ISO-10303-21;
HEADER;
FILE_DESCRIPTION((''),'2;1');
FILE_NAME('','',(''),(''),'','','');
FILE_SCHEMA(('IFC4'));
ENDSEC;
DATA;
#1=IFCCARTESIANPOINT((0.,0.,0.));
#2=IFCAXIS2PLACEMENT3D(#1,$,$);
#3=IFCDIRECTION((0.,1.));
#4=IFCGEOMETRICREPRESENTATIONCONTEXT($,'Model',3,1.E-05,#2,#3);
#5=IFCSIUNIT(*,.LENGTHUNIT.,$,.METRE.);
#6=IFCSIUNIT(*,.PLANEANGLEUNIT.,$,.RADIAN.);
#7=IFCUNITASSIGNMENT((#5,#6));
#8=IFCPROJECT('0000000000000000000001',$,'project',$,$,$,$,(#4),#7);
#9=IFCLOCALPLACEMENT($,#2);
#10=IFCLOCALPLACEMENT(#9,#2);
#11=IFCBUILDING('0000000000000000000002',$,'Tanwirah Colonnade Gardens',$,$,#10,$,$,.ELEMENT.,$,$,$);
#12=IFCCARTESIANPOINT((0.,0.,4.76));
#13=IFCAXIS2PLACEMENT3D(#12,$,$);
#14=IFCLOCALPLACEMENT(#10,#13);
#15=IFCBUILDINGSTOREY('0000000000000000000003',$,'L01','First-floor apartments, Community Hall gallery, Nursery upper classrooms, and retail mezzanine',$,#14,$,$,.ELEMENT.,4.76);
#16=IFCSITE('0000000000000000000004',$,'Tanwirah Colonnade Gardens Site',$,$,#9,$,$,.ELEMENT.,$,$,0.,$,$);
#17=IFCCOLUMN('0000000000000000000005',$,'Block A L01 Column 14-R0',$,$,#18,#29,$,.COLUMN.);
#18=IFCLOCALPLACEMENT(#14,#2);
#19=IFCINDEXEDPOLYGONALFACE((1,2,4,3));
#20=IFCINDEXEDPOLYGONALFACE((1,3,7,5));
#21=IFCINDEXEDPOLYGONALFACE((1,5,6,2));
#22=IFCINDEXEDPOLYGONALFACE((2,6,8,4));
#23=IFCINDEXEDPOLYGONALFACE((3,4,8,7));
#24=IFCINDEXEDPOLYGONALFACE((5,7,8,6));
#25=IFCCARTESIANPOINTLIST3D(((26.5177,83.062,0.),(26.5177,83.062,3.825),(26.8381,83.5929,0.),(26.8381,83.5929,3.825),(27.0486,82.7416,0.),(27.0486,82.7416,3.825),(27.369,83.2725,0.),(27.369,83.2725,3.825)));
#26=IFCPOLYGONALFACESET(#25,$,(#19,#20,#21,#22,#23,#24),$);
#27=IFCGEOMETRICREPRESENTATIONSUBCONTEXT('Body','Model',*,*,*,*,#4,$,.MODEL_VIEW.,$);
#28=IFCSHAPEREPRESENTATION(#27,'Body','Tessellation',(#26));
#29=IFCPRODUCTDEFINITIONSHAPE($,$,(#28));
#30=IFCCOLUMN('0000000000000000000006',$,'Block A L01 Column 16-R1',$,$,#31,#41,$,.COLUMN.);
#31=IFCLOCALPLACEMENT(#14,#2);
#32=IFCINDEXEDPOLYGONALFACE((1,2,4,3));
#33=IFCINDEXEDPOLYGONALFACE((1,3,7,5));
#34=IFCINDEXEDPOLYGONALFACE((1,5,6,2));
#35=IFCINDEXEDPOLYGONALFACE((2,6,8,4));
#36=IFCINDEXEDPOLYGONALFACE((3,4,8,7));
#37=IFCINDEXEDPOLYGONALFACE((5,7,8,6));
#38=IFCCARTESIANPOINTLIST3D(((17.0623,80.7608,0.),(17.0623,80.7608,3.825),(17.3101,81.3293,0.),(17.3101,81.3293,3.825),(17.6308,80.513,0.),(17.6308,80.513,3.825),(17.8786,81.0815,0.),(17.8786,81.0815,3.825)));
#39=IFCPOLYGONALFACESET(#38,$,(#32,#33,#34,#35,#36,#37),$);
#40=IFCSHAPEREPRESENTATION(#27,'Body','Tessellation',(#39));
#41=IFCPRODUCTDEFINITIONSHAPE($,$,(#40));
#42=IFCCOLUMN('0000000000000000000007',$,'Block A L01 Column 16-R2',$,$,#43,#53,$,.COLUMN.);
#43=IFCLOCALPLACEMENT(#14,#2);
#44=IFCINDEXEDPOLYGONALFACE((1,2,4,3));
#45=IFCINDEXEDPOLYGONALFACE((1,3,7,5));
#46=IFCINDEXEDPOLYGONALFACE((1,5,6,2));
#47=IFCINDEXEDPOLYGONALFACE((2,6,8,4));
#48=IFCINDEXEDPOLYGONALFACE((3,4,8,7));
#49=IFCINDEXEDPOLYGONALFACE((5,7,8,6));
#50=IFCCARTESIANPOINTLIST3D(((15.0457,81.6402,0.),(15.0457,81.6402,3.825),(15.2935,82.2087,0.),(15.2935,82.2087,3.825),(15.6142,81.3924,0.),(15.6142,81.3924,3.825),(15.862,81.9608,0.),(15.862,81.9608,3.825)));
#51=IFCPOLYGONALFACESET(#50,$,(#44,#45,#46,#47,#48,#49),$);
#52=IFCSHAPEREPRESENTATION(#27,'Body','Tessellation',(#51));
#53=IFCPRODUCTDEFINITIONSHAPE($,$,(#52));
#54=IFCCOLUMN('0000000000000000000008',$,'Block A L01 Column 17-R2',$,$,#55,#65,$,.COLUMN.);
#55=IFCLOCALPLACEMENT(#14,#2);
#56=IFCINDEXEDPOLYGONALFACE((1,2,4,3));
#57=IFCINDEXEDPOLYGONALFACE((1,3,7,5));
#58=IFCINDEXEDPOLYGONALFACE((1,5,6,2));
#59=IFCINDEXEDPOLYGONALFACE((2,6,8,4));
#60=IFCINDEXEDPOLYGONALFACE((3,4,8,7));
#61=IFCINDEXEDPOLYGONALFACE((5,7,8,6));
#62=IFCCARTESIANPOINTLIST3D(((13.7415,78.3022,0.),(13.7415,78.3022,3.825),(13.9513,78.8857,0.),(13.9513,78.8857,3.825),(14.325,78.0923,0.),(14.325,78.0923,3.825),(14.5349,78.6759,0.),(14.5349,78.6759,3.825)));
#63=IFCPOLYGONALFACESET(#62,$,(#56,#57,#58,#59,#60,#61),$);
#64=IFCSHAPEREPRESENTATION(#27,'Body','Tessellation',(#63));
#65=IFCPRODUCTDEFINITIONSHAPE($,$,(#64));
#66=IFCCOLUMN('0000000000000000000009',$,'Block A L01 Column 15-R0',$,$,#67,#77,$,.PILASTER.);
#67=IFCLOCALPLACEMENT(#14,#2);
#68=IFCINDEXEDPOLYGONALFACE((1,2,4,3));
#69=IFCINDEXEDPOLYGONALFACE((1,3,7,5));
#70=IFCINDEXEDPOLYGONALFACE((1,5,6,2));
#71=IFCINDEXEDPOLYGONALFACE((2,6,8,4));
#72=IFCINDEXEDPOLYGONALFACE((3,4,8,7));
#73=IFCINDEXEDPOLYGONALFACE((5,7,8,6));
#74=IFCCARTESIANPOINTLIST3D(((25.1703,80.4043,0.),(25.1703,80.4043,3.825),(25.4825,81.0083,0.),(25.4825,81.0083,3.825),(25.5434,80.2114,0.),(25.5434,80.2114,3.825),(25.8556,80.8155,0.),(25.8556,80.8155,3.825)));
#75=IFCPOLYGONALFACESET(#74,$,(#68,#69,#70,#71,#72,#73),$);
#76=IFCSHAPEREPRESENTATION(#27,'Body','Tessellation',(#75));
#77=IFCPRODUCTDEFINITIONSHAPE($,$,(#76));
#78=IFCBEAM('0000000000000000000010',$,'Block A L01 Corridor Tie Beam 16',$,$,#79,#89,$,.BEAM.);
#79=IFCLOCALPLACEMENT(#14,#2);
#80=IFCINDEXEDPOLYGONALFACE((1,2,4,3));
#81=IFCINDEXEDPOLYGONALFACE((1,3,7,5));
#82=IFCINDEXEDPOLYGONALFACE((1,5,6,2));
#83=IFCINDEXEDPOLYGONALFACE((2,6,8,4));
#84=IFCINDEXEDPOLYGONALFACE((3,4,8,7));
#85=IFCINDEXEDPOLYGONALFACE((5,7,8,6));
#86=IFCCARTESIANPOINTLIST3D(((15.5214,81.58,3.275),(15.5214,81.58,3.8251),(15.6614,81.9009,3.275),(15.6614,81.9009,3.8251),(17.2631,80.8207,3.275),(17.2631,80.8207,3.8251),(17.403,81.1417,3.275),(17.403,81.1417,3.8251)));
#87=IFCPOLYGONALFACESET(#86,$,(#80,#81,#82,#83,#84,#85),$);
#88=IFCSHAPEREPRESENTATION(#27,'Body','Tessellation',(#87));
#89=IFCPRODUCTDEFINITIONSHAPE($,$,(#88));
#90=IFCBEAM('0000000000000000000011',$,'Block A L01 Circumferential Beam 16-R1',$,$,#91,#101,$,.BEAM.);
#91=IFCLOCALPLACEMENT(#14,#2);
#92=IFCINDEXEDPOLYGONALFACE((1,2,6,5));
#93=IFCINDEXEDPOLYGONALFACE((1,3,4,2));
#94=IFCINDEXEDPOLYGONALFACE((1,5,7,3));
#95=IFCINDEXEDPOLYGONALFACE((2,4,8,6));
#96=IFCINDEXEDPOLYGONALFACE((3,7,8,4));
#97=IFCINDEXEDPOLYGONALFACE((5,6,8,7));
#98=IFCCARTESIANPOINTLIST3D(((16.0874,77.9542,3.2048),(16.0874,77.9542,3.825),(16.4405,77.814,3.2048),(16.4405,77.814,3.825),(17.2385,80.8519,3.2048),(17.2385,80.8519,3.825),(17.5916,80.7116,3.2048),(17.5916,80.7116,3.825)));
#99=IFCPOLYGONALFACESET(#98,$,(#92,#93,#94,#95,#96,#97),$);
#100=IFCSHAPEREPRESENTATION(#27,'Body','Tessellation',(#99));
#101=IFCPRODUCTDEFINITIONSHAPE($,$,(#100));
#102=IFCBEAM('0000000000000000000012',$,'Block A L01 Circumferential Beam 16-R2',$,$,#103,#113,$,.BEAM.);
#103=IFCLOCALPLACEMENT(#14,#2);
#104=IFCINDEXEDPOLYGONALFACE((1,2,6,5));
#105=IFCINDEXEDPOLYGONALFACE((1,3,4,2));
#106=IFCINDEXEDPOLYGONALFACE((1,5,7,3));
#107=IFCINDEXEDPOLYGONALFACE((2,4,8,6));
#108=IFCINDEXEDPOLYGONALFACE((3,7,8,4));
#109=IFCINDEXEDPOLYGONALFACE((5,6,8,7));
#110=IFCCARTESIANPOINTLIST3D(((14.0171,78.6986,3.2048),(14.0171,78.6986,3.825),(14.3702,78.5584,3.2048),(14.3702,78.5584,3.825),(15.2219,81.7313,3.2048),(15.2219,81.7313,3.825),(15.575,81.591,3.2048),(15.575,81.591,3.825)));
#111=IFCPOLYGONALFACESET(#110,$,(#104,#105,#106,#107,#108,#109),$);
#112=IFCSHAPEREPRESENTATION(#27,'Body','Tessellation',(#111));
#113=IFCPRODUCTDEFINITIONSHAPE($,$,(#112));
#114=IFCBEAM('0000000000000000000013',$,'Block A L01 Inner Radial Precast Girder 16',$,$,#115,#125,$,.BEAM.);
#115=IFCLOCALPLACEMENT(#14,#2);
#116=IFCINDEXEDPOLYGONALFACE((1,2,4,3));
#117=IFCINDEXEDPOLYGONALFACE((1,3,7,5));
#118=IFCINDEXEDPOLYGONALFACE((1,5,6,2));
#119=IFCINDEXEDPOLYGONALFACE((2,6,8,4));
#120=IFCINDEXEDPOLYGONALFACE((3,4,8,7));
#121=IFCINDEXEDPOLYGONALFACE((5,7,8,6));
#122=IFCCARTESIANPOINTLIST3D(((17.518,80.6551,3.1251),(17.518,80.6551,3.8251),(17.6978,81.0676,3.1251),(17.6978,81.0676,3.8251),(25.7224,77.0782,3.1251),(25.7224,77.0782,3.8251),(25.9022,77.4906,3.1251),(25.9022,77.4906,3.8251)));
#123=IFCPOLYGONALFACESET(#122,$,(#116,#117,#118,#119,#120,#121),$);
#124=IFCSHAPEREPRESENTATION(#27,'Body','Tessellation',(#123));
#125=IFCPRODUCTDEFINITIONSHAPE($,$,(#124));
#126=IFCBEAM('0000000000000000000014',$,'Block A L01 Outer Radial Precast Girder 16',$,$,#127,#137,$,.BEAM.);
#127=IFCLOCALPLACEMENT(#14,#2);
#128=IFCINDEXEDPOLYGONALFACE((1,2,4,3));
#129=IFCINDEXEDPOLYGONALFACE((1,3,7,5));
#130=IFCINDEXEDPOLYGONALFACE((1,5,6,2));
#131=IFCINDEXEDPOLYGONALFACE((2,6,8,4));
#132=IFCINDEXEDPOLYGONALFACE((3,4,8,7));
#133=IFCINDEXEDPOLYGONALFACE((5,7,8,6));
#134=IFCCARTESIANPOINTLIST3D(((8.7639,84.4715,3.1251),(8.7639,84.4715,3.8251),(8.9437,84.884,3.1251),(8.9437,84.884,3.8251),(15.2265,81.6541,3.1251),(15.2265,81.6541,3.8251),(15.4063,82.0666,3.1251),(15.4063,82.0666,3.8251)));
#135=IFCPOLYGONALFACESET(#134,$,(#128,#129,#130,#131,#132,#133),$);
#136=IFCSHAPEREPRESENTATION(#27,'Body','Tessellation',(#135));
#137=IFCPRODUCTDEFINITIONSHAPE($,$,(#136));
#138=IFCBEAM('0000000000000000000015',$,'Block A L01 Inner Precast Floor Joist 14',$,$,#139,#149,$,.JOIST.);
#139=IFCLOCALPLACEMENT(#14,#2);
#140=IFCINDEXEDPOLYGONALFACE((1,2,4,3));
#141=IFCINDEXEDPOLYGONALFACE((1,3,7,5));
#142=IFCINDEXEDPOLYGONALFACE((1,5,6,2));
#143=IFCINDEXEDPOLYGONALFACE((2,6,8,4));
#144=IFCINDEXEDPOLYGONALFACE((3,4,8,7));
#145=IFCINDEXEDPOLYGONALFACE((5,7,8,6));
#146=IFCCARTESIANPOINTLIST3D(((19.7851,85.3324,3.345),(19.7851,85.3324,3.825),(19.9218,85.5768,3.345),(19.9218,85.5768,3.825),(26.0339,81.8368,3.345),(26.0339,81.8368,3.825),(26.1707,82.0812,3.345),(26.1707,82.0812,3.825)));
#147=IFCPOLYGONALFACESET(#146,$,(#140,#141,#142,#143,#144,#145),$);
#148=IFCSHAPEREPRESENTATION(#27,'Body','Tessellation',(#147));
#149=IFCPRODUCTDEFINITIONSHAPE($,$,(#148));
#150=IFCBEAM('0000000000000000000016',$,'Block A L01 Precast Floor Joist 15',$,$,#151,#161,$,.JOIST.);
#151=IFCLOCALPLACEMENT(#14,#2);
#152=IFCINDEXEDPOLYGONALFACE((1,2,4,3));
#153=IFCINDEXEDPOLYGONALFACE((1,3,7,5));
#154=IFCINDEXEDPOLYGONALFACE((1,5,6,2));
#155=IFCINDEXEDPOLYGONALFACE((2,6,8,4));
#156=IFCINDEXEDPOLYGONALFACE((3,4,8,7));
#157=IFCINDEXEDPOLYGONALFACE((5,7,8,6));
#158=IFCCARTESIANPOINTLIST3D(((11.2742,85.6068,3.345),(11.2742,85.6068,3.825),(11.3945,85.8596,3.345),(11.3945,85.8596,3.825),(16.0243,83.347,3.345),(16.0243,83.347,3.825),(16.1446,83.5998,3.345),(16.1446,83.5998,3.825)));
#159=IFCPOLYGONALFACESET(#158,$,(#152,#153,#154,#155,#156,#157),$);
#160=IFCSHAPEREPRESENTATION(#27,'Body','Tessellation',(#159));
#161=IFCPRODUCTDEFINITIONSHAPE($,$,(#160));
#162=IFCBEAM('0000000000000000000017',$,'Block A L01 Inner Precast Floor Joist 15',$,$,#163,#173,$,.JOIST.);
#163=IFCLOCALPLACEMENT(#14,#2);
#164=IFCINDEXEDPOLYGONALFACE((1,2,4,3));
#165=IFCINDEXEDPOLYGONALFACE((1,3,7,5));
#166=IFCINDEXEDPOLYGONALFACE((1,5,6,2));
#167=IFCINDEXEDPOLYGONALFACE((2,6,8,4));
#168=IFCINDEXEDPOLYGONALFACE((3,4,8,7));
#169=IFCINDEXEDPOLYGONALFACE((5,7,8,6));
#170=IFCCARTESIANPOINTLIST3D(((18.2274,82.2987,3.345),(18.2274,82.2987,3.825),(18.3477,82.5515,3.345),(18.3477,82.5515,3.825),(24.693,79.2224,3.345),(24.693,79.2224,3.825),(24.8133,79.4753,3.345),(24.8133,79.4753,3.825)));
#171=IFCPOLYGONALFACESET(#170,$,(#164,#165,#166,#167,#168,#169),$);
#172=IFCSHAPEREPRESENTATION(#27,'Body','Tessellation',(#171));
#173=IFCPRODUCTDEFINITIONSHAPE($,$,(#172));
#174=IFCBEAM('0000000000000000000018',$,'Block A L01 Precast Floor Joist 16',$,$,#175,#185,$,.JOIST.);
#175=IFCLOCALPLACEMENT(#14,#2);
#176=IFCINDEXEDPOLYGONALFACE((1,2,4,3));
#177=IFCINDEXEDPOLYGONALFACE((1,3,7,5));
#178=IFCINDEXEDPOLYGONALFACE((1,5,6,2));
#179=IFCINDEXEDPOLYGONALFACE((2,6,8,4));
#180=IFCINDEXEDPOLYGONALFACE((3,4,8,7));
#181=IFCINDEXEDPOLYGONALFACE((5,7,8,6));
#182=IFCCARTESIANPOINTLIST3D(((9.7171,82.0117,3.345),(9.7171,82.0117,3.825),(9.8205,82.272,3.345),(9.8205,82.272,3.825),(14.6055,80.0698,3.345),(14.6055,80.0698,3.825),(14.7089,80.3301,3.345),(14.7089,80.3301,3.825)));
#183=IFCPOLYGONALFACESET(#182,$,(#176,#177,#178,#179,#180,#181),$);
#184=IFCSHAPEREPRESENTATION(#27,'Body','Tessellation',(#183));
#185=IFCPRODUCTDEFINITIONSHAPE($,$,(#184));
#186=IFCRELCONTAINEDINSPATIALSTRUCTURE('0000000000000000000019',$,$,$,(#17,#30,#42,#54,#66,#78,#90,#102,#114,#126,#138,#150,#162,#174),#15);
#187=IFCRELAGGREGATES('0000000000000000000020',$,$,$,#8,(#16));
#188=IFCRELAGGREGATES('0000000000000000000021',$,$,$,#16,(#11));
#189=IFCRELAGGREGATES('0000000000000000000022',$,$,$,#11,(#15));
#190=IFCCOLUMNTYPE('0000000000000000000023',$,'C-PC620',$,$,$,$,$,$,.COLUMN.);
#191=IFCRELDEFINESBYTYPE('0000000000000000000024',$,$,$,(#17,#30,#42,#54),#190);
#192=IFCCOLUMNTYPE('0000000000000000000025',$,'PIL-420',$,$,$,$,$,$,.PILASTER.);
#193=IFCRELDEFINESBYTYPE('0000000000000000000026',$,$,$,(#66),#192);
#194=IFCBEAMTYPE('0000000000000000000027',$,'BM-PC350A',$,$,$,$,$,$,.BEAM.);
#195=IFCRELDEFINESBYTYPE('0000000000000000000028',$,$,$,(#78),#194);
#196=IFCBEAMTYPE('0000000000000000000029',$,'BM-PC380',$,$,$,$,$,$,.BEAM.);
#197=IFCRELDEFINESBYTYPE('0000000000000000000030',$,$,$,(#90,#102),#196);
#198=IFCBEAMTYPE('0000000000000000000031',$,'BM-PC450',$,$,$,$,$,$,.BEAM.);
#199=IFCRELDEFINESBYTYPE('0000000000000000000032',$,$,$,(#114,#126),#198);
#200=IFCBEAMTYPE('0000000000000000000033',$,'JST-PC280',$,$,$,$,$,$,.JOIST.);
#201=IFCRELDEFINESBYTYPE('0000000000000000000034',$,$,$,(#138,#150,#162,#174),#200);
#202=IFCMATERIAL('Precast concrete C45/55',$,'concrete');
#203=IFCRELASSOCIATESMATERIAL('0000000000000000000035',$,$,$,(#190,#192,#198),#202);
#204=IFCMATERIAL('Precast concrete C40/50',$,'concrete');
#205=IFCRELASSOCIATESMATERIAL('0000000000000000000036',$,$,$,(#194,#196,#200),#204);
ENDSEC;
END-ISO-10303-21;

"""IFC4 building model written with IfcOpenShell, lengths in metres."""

from ifc_helpers import new_model, si_unit, direction, frame, origin, origin_2d, place, context, subcontext, project, spatial, rectangle, extrude, material, material_profile, profile_set, type_object, element, save


model = new_model("IFC4")

# Units and contexts
model_context = context("Model", 3, precision=1e-05, world=origin(), true_north=direction((0.0, 1.0)))
body_context = subcontext(model_context, "Body", "Model", "MODEL_VIEW")
ifc_project = project(units=[si_unit("LENGTHUNIT", "METRE"), si_unit("PLANEANGLEUNIT", "RADIAN")], contexts=[model_context])

# Site, building, storey
site_placement = place(None, origin())
site = spatial("IfcSite", under=ifc_project, at=site_placement, Name="Tanwirah Colonnade Gardens Site", CompositionType="ELEMENT", RefElevation=0.0)
building_placement = place(site_placement, origin())
building = spatial("IfcBuilding", under=site, at=building_placement, Name="Tanwirah Colonnade Gardens", CompositionType="ELEMENT")
storey_placement = place(building_placement, frame((0.0, 0.0, 4.76)))
storey = spatial("IfcBuildingStorey", under=building, at=storey_placement, Name="L01", Description="First-floor apartments, Community Hall gallery, Nursery upper classrooms, and retail mezzanine", CompositionType="ELEMENT", Elevation=4.76)

# Columns
ifc_material_1 = material(Name="Precast concrete C45/55", Category="concrete")
ifc_material_profile_1 = material_profile(ifc_material_1, rectangle(XDim=0.6201, YDim=0.6201, at=origin_2d()), Name="PC-COL 620x620")
ifc_profile_set_1 = profile_set([ifc_material_profile_1], Name="Precast concrete C45/55")
column_type_1 = type_object("IfcColumnType", Name="C-PC620", PredefinedType="COLUMN", material=ifc_profile_set_1)
for number, where, z_axis, x_axis, name in (
    (1, (26.9434, 83.1672, 0.0), (0.0, 0.0, 1.0), (-0.856167, 0.516699, 0.0), "Block A L01 Column 14-R0"),
    (2, (17.4705, 80.9211, 0.0), (0.0, 0.0, 1.0), (-0.916673, 0.399638, 0.0), "Block A L01 Column 16-R1"),
    (3, (15.4539, 81.8005, 0.0), (0.0, 0.0, 1.0), (-0.916673, 0.399638, 0.0), "Block A L01 Column 16-R2"),
    (4, (14.1382, 78.489, 0.0), (0.0, 0.0, 1.0), (-0.941012, 0.338373, 0.0), "Block A L01 Column 17-R2"),
):
    element("IfcColumn", number, at=place(storey_placement, frame(where, z_axis=z_axis, x_axis=x_axis)), inside=storey, type_object=column_type_1, Name=name, PredefinedType="COLUMN", context=body_context, shape_type="SweptSolid", body=[
        extrude(rectangle(XDim=0.6201, YDim=0.6201, at=origin_2d()), origin(), (0.0, 0.0, 1.0), 3.825),
    ])
ifc_material_profile_2 = material_profile(ifc_material_1, rectangle(XDim=0.4199, YDim=0.6799, at=origin_2d()), Name="PC-PIL 420x680")
ifc_profile_set_2 = profile_set([ifc_material_profile_2], Name="Precast concrete C45/55")
column_type_2 = type_object("IfcColumnType", Name="PIL-420", PredefinedType="PILASTER", material=ifc_profile_set_2)
column_placement = place(storey_placement, frame((25.5129, 80.6099, 0.0), z_axis=(0.0, 0.0, 1.0), x_axis=(-0.88835, 0.459166, 0.0)))
element("IfcColumn", 5, at=column_placement, inside=storey, type_object=column_type_2, Name="Block A L01 Column 15-R0", PredefinedType="PILASTER", context=body_context, shape_type="SweptSolid", body=[
    extrude(rectangle(XDim=0.4199, YDim=0.6799, at=origin_2d()), origin(), (0.0, 0.0, 1.0), 3.825),
])

# Beams
ifc_material_2 = material(Name="Precast concrete C40/50", Category="concrete")
ifc_material_profile_3 = material_profile(ifc_material_2, rectangle(XDim=0.3501, YDim=0.55, at=origin_2d()), Name="PC-BM 350x550")
ifc_profile_set_3 = profile_set([ifc_material_profile_3], Name="Precast concrete C40/50")
beam_type_1 = type_object("IfcBeamType", Name="BM-PC350A", PredefinedType="BEAM", material=ifc_profile_set_3)
beam_1_placement = place(storey_placement, frame((17.333, 80.9812, 3.55), z_axis=(-0.916681, 0.399619, 0.0), x_axis=(-0.399619, -0.916681, 0.0)))
element("IfcBeam", 6, at=beam_1_placement, inside=storey, type_object=beam_type_1, Name="Block A L01 Corridor Tie Beam 16", PredefinedType="BEAM", context=body_context, shape_type="SweptSolid", body=[
    extrude(rectangle(XDim=0.3501, YDim=0.55, at=origin_2d()), origin(), (0.0, 0.0, 1.0), 1.8999),
])
ifc_material_profile_4 = material_profile(ifc_material_2, rectangle(XDim=0.3799, YDim=0.6201, at=origin_2d()), Name="PC-BM 380x620")
ifc_profile_set_4 = profile_set([ifc_material_profile_4], Name="Precast concrete C40/50")
beam_type_2 = type_object("IfcBeamType", Name="BM-PC380", PredefinedType="BEAM", material=ifc_profile_set_4)
beam_2_placement = place(storey_placement, frame((17.415, 80.7817, 3.5149), z_axis=(-0.369189, -0.929354, 0.0), x_axis=(0.929354, -0.369189, 0.0)))
element("IfcBeam", 7, at=beam_2_placement, inside=storey, type_object=beam_type_2, Name="Block A L01 Circumferential Beam 16-R1", PredefinedType="BEAM", context=body_context, shape_type="SweptSolid", body=[
    extrude(rectangle(XDim=0.3799, YDim=0.6201, at=origin_2d()), origin(), (0.0, 0.0, 1.0), 3.1179),
])
beam_3_placement = place(storey_placement, frame((15.3984, 81.6611, 3.5149), z_axis=(-0.36921, -0.929346, 0.0), x_axis=(0.929346, -0.36921, 0.0)))
element("IfcBeam", 8, at=beam_3_placement, inside=storey, type_object=beam_type_2, Name="Block A L01 Circumferential Beam 16-R2", PredefinedType="BEAM", context=body_context, shape_type="SweptSolid", body=[
    extrude(rectangle(XDim=0.3799, YDim=0.6201, at=origin_2d()), origin(), (0.0, 0.0, 1.0), 3.2632),
])
ifc_material_profile_5 = material_profile(ifc_material_1, rectangle(XDim=0.45, YDim=0.7, at=origin_2d()), Name="PC-BM 450x700")
ifc_profile_set_5 = profile_set([ifc_material_profile_5], Name="Precast concrete C45/55")
beam_type_3 = type_object("IfcBeamType", Name="BM-PC450", PredefinedType="BEAM", material=ifc_profile_set_5)
beam_4_placement = place(storey_placement, frame((17.6079, 80.8613, 3.4751), z_axis=(0.916669, -0.399647, 0.0), x_axis=(0.399647, 0.916669, 0.0)))
element("IfcBeam", 9, at=beam_4_placement, inside=storey, type_object=beam_type_3, Name="Block A L01 Inner Radial Precast Girder 16", PredefinedType="BEAM", context=body_context, shape_type="SweptSolid", body=[
    extrude(rectangle(XDim=0.45, YDim=0.7, at=origin_2d()), origin(), (0.0, 0.0, 1.0), 8.9502),
])
beam_5_placement = place(storey_placement, frame((15.3164, 81.8604, 3.4751), z_axis=(-0.916679, 0.399625, 0.0), x_axis=(-0.399625, -0.916679, 0.0)))
element("IfcBeam", 10, at=beam_5_placement, inside=storey, type_object=beam_type_3, Name="Block A L01 Outer Radial Precast Girder 16", PredefinedType="BEAM", context=body_context, shape_type="SweptSolid", body=[
    extrude(rectangle(XDim=0.45, YDim=0.7, at=origin_2d()), origin(), (0.0, 0.0, 1.0), 7.05),
])
ifc_material_profile_6 = material_profile(ifc_material_2, rectangle(XDim=0.28, YDim=0.48, at=origin_2d()), Name="PC-JST 280x480")
ifc_profile_set_6 = profile_set([ifc_material_profile_6], Name="Precast concrete C40/50")
beam_type_4 = type_object("IfcBeamType", Name="JST-PC280", PredefinedType="JOIST", material=ifc_profile_set_6)
beam_6_placement = place(storey_placement, frame((26.1023, 81.959, 3.585), z_axis=(-0.872727, 0.488209, 0.0), x_axis=(-0.488209, -0.872727, 0.0)))
element("IfcBeam", 11, at=beam_6_placement, inside=storey, type_object=beam_type_4, Name="Block A L01 Inner Precast Floor Joist 14", PredefinedType="JOIST", context=body_context, shape_type="SweptSolid", body=[
    extrude(rectangle(XDim=0.28, YDim=0.48, at=origin_2d()), origin(), (0.0, 0.0, 1.0), 7.1602),
])
beam_7_placement = place(storey_placement, frame((16.0845, 83.4734, 3.585), z_axis=(-0.903018, 0.429602, 0.0), x_axis=(-0.429602, -0.903018, 0.0)))
element("IfcBeam", 12, at=beam_7_placement, inside=storey, type_object=beam_type_4, Name="Block A L01 Precast Floor Joist 15", PredefinedType="JOIST", context=body_context, shape_type="SweptSolid", body=[
    extrude(rectangle(XDim=0.28, YDim=0.48, at=origin_2d()), origin(), (0.0, 0.0, 1.0), 5.2603),
])
beam_8_placement = place(storey_placement, frame((24.7532, 79.3489, 3.585), z_axis=(-0.903005, 0.429629, 0.0), x_axis=(-0.429629, -0.903005, 0.0)))
element("IfcBeam", 13, at=beam_8_placement, inside=storey, type_object=beam_type_4, Name="Block A L01 Inner Precast Floor Joist 15", PredefinedType="JOIST", context=body_context, shape_type="SweptSolid", body=[
    extrude(rectangle(XDim=0.28, YDim=0.48, at=origin_2d()), origin(), (0.0, 0.0, 1.0), 7.1602),
])
beam_9_placement = place(storey_placement, frame((14.6572, 80.2, 3.585), z_axis=(-0.929358, 0.369181, 0.0), x_axis=(-0.369181, -0.929358, 0.0)))
element("IfcBeam", 14, at=beam_9_placement, inside=storey, type_object=beam_type_4, Name="Block A L01 Precast Floor Joist 16", PredefinedType="JOIST", context=body_context, shape_type="SweptSolid", body=[
    extrude(rectangle(XDim=0.28, YDim=0.48, at=origin_2d()), origin(), (0.0, 0.0, 1.0), 5.26),
])

save(model, "model.ifc")
